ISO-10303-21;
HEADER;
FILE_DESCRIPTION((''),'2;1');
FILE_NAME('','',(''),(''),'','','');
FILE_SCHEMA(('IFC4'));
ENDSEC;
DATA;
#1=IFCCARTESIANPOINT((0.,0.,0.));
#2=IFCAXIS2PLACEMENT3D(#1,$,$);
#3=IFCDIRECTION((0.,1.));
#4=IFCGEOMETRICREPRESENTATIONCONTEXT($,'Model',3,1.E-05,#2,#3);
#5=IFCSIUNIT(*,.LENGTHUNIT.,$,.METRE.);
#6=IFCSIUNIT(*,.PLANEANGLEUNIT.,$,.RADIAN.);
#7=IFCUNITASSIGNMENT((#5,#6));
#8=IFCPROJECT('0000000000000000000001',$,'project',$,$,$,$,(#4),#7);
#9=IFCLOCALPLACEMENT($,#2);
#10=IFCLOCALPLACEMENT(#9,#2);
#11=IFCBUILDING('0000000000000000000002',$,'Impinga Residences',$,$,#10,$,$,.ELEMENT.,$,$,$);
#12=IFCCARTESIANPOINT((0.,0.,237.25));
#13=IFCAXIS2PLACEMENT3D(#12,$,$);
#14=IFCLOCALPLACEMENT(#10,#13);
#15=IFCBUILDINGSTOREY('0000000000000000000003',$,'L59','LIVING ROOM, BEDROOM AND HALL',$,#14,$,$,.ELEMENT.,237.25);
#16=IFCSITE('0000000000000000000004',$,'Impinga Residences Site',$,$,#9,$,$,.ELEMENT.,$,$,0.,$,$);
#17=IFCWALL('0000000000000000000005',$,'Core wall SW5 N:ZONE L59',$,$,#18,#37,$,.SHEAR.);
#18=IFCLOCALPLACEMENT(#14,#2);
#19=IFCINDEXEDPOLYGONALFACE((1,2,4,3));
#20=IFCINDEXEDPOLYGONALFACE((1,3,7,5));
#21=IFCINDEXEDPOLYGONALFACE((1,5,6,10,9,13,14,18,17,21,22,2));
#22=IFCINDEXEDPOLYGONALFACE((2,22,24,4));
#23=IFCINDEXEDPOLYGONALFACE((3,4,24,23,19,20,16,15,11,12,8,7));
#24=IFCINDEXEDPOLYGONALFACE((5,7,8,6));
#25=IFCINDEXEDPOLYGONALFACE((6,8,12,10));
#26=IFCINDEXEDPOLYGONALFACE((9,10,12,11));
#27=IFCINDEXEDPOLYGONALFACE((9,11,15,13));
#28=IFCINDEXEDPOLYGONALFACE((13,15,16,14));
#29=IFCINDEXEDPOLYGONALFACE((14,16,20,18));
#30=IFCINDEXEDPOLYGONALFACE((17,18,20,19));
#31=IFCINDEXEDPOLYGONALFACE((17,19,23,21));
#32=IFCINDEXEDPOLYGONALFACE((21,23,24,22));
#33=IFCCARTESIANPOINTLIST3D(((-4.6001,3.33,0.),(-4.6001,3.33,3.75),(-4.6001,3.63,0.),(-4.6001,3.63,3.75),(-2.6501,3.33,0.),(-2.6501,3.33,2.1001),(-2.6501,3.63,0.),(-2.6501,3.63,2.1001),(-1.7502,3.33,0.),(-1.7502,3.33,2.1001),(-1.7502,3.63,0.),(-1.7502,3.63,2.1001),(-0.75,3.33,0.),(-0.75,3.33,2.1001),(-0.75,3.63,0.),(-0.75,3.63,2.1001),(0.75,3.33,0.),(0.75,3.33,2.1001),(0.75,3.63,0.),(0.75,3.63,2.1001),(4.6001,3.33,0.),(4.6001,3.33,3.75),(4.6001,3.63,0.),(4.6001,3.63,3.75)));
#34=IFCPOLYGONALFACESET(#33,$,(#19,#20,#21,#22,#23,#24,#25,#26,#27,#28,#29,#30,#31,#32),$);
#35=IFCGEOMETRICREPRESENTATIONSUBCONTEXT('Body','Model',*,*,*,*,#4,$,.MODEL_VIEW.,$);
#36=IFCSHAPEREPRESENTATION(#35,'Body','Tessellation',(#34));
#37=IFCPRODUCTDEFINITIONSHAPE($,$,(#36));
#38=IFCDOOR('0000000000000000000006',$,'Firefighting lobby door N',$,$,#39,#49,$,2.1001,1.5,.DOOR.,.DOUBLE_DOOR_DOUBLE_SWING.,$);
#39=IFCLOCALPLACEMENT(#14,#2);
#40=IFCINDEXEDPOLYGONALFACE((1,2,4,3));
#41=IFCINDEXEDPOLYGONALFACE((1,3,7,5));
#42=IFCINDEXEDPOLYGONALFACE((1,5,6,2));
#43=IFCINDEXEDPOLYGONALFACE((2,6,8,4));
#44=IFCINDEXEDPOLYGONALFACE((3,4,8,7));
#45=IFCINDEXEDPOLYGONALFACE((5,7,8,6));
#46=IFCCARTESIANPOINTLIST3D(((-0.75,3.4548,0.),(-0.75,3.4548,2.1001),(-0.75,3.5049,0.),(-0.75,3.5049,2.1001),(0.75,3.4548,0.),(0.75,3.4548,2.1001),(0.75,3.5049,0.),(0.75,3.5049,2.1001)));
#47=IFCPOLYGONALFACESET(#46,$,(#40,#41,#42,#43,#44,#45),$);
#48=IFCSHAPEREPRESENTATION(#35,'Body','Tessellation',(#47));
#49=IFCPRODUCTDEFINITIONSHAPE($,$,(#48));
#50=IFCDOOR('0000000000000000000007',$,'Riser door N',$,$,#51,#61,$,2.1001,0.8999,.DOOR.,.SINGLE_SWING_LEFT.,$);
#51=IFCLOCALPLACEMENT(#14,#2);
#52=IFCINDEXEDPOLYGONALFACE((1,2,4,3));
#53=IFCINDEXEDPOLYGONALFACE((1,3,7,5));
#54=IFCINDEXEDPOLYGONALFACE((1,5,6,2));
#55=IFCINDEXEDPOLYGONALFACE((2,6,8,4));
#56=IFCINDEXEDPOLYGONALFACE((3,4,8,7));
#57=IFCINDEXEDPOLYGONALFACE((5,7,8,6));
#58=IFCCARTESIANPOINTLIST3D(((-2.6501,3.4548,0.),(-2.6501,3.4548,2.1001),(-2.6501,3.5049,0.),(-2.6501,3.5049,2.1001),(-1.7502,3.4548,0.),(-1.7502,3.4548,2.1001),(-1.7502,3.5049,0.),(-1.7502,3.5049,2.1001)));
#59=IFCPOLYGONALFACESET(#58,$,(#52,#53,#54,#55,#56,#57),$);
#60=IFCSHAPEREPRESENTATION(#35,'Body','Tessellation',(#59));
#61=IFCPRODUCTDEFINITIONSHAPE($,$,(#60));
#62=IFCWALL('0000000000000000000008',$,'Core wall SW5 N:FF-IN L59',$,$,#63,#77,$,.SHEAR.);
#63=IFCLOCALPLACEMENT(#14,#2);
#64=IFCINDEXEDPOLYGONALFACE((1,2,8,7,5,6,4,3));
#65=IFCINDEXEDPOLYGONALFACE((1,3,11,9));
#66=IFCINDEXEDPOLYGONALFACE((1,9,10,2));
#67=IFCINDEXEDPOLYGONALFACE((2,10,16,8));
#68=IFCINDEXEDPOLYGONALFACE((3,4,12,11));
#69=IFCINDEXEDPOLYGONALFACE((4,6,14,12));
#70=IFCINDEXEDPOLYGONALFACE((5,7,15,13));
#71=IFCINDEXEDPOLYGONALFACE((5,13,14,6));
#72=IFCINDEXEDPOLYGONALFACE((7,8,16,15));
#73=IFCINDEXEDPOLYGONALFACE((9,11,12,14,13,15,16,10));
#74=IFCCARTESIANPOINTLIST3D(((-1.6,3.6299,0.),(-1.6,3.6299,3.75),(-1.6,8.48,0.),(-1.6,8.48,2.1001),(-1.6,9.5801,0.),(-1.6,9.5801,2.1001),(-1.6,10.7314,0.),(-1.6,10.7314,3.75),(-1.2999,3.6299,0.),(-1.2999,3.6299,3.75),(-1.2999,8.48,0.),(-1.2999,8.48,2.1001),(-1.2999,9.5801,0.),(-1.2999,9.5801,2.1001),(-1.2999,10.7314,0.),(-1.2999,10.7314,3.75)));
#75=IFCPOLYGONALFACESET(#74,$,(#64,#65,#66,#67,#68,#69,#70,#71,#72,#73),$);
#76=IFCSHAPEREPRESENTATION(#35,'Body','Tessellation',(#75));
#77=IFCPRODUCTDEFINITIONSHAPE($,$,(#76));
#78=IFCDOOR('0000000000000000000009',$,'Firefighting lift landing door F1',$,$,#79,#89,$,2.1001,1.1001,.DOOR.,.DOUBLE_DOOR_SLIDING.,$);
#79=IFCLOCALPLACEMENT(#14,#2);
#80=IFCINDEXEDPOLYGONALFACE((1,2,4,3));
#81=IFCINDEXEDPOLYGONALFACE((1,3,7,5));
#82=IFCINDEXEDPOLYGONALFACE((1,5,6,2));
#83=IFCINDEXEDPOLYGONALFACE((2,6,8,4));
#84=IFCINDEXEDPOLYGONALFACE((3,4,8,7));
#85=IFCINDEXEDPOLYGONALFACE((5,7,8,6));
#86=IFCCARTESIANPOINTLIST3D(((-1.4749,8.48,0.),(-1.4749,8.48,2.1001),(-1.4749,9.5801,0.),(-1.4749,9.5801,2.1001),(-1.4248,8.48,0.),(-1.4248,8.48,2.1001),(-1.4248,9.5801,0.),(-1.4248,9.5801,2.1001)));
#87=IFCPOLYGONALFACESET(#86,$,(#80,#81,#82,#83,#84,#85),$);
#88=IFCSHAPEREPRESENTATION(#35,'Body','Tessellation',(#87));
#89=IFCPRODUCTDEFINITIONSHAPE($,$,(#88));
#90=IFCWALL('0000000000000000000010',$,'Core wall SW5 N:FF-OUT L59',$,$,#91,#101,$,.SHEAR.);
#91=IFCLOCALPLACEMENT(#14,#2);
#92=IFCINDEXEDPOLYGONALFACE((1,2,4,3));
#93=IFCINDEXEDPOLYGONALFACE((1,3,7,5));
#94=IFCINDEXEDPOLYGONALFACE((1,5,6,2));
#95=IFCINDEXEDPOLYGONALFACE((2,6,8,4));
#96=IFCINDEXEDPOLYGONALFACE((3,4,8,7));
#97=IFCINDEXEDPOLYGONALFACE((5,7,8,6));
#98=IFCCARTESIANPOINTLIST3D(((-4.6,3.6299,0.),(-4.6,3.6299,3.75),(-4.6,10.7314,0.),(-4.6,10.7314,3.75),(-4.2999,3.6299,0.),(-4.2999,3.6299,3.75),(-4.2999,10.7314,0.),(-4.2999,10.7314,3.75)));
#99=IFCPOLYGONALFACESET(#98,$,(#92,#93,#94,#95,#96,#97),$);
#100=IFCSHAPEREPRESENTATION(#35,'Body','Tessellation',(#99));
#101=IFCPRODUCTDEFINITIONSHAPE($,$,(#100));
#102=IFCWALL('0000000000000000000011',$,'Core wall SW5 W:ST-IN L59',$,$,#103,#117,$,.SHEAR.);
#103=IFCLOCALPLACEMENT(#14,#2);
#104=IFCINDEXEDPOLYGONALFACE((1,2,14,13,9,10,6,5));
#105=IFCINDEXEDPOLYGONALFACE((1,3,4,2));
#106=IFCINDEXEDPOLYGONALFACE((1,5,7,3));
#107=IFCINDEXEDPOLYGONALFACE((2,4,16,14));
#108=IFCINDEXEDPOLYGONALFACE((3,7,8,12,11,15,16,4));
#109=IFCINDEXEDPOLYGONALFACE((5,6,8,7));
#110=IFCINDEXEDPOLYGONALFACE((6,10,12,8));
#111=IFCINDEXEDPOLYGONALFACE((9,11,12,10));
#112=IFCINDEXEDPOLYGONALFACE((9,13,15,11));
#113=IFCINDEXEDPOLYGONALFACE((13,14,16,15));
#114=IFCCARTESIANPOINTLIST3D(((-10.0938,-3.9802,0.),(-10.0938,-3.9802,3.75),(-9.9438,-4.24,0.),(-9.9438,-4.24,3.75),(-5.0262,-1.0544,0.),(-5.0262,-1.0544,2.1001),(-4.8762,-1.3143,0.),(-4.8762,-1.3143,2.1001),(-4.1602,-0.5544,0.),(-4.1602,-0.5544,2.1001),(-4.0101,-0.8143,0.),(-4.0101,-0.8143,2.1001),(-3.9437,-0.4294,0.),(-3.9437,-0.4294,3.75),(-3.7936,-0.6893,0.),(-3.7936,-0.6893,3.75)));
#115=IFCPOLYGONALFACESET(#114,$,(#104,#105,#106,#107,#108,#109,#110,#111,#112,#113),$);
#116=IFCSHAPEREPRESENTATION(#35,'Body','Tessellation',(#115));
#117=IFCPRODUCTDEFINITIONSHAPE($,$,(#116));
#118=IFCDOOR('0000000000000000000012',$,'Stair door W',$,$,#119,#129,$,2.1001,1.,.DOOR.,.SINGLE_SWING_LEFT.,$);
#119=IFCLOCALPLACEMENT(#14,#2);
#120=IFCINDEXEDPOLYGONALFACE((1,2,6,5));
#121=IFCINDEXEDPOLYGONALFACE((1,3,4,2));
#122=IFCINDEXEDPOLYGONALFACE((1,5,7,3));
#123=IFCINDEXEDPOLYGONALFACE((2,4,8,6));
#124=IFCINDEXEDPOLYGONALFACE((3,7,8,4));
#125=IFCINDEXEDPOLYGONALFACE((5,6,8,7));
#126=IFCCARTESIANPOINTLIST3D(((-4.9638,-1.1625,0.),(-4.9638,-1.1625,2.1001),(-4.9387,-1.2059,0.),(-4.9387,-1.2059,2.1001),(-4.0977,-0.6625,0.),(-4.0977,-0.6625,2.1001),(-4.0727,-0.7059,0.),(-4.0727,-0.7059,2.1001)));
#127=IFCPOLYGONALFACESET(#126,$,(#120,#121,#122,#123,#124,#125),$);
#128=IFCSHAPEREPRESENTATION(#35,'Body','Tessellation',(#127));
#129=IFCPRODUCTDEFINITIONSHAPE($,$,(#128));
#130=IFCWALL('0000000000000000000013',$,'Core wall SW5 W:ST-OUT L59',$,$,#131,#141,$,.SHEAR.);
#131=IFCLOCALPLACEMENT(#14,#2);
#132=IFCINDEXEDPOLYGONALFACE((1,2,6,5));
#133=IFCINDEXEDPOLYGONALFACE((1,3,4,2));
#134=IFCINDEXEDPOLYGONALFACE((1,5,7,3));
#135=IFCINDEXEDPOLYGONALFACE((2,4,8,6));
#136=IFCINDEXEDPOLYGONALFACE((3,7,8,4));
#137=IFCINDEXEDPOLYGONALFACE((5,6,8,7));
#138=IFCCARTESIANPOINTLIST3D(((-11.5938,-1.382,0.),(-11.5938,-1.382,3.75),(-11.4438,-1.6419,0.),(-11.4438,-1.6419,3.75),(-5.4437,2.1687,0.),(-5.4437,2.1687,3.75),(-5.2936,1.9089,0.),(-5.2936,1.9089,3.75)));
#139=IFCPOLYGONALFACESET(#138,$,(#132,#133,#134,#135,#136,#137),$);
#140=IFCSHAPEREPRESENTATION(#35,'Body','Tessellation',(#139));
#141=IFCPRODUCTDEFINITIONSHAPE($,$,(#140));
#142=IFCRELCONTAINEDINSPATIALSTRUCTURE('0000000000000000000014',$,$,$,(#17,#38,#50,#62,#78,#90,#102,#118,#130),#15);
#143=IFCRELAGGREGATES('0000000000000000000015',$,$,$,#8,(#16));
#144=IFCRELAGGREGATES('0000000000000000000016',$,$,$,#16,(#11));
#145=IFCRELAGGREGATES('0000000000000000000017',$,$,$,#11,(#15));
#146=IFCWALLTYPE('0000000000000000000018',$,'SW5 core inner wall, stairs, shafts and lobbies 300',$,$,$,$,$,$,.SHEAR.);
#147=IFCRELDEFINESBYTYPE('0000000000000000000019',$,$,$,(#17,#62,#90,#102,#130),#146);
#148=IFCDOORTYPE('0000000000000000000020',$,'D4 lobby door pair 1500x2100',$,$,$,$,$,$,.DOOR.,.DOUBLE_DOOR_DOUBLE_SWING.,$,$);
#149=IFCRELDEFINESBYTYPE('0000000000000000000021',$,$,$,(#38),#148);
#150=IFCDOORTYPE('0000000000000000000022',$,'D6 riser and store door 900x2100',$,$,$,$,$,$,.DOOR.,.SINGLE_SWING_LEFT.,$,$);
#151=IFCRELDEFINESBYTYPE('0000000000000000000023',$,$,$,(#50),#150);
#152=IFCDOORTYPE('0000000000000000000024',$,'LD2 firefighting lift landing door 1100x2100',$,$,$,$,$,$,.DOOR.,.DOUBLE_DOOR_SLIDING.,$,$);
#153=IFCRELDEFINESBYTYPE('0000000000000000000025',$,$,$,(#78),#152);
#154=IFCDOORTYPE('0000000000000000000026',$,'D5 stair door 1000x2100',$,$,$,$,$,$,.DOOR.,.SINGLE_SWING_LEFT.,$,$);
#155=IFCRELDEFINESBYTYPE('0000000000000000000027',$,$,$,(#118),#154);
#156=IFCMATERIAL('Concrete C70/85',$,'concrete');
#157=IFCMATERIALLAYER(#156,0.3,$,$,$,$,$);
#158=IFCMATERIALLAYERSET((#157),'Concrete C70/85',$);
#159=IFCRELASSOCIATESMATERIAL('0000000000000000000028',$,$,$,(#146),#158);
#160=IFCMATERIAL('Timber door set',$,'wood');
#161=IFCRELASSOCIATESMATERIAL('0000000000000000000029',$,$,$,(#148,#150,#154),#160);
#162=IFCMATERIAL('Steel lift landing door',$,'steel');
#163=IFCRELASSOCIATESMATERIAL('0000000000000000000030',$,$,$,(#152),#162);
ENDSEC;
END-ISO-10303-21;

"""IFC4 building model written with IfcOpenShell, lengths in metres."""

from ifc_helpers import new_model, si_unit, direction, frame, frame_2d, origin, place, context, subcontext, project, spatial, rectangle, extrude, material, layer, layer_set, type_object, element, fill, save


model = new_model("IFC4")

# Units and contexts
model_context = context("Model", 3, precision=1e-05, world=origin(), true_north=direction((0.0, 1.0)))
body_context = subcontext(model_context, "Body", "Model", "MODEL_VIEW")
ifc_project = project(units=[si_unit("LENGTHUNIT", "METRE"), si_unit("PLANEANGLEUNIT", "RADIAN")], contexts=[model_context])

# Site, building, storey
site_placement = place(None, origin())
site = spatial("IfcSite", under=ifc_project, at=site_placement, Name="Impinga Residences Site", CompositionType="ELEMENT", RefElevation=0.0)
building_placement = place(site_placement, origin())
building = spatial("IfcBuilding", under=site, at=building_placement, Name="Impinga Residences", CompositionType="ELEMENT")
storey_placement = place(building_placement, frame((0.0, 0.0, 237.25)))
storey = spatial("IfcBuildingStorey", under=building, at=storey_placement, Name="L59", Description="LIVING ROOM, BEDROOM AND HALL", CompositionType="ELEMENT", Elevation=237.25)

# Shared definitions
ifc_material_1 = material(Name="Timber door set", Category="wood")

# Wall, openings, doors
ifc_material_2 = material(Name="Concrete C70/85", Category="concrete")
ifc_layer_1 = layer(ifc_material_2, 0.3)
ifc_layer_set_1 = layer_set([ifc_layer_1], Name="Concrete C70/85")
wall_type_1 = type_object("IfcWallType", Name="SW5 core inner wall, stairs, shafts and lobbies 300", PredefinedType="SHEAR", material=ifc_layer_set_1)
wall_1_placement = place(storey_placement, frame((-4.6001, 3.48, 0.0), z_axis=(0.0, 0.0, 1.0), x_axis=(1.0, 0.0, 0.0)))
wall_1 = element("IfcWall", 1, at=wall_1_placement, inside=storey, type_object=wall_type_1, Name="Core wall SW5 N:ZONE L59", PredefinedType="SHEAR", context=body_context, shape_type="SweptSolid", body=[
    extrude(rectangle(XDim=9.2002, YDim=0.3, at=frame_2d((4.6001, 0.0))), origin(), (0.0, 0.0, 1.0), 3.75),
])
opening_1_placement = place(wall_1_placement, frame((3.8501, 0.0, 0.0)))
opening_1 = element("IfcOpeningElement", 2, at=opening_1_placement, cuts=wall_1, PredefinedType="OPENING", context=body_context, shape_type="SweptSolid", body=[
    extrude(rectangle(XDim=1.5, YDim=2.1001, at=frame_2d((0.75, 1.05))), frame((0.0, 0.1599, 0.0), z_axis=(0.0, -1.0, 0.0), x_axis=(1.0, 0.0, 0.0)), (0.0, 0.0, 1.0), 0.3201),
])
opening_2_placement = place(wall_1_placement, frame((1.95, 0.0, 0.0)))
opening_2 = element("IfcOpeningElement", 3, at=opening_2_placement, cuts=wall_1, PredefinedType="OPENING", context=body_context, shape_type="SweptSolid", body=[
    extrude(rectangle(XDim=0.8999, YDim=2.1001, at=frame_2d((0.45, 1.05))), frame((0.0, 0.1599, 0.0), z_axis=(0.0, -1.0, 0.0), x_axis=(1.0, 0.0, 0.0)), (0.0, 0.0, 1.0), 0.3201),
])
door_type_1 = type_object("IfcDoorType", Name="D4 lobby door pair 1500x2100", OperationType="DOUBLE_DOOR_DOUBLE_SWING", PredefinedType="DOOR", material=ifc_material_1)
door_1_placement = place(opening_1_placement, origin())
door_1 = element("IfcDoor", 4, at=door_1_placement, inside=storey, type_object=door_type_1, Name="Firefighting lobby door N", OperationType="DOUBLE_DOOR_DOUBLE_SWING", OverallHeight=2.1001, OverallWidth=1.5, PredefinedType="DOOR", context=body_context, shape_type="SweptSolid", body=[
    extrude(rectangle(XDim=1.5, YDim=2.1001, at=frame_2d((0.75, 1.05))), frame((0.0, 0.0249, 0.0), z_axis=(0.0, -1.0, 0.0), x_axis=(1.0, 0.0, 0.0)), (0.0, 0.0, 1.0), 0.05),
])
fill(opening_1, door_1)
door_type_2 = type_object("IfcDoorType", Name="D6 riser and store door 900x2100", OperationType="SINGLE_SWING_LEFT", PredefinedType="DOOR", material=ifc_material_1)
door_2_placement = place(opening_2_placement, origin())
door_2 = element("IfcDoor", 5, at=door_2_placement, inside=storey, type_object=door_type_2, Name="Riser door N", OperationType="SINGLE_SWING_LEFT", OverallHeight=2.1001, OverallWidth=0.8999, PredefinedType="DOOR", context=body_context, shape_type="SweptSolid", body=[
    extrude(rectangle(XDim=0.8999, YDim=2.1001, at=frame_2d((0.45, 1.05))), frame((0.0, 0.0249, 0.0), z_axis=(0.0, -1.0, 0.0), x_axis=(1.0, 0.0, 0.0)), (0.0, 0.0, 1.0), 0.05),
])
fill(opening_2, door_2)

# Wall, opening, door
wall_2_placement = place(storey_placement, frame((-1.45, 3.6299, 0.0), z_axis=(0.0, 0.0, 1.0), x_axis=(0.0, 1.0, 0.0)))
wall_2 = element("IfcWall", 6, at=wall_2_placement, inside=storey, type_object=wall_type_1, Name="Core wall SW5 N:FF-IN L59", PredefinedType="SHEAR", context=body_context, shape_type="SweptSolid", body=[
    extrude(rectangle(XDim=7.1016, YDim=0.3, at=frame_2d((3.5508, 0.0))), origin(), (0.0, 0.0, 1.0), 3.75),
])
opening_3_placement = place(wall_2_placement, frame((4.8501, 0.0, 0.0)))
opening_3 = element("IfcOpeningElement", 7, at=opening_3_placement, cuts=wall_2, PredefinedType="OPENING", context=body_context, shape_type="SweptSolid", body=[
    extrude(rectangle(XDim=1.1001, YDim=2.1001, at=frame_2d((0.55, 1.05))), frame((0.0, 0.1599, 0.0), z_axis=(0.0, -1.0, 0.0), x_axis=(1.0, 0.0, 0.0)), (0.0, 0.0, 1.0), 0.3201),
])
ifc_material_3 = material(Name="Steel lift landing door", Category="steel")
door_type_3 = type_object("IfcDoorType", Name="LD2 firefighting lift landing door 1100x2100", OperationType="DOUBLE_DOOR_SLIDING", PredefinedType="DOOR", material=ifc_material_3)
door_3_placement = place(opening_3_placement, origin())
door_3 = element("IfcDoor", 8, at=door_3_placement, inside=storey, type_object=door_type_3, Name="Firefighting lift landing door F1", OperationType="DOUBLE_DOOR_SLIDING", OverallHeight=2.1001, OverallWidth=1.1001, PredefinedType="DOOR", context=body_context, shape_type="SweptSolid", body=[
    extrude(rectangle(XDim=1.1001, YDim=2.1001, at=frame_2d((0.55, 1.05))), frame((0.0, 0.0249, 0.0), z_axis=(0.0, -1.0, 0.0), x_axis=(1.0, 0.0, 0.0)), (0.0, 0.0, 1.0), 0.05),
])
fill(opening_3, door_3)

# Wall
wall_3_placement = place(storey_placement, frame((-4.45, 3.6299, 0.0), z_axis=(0.0, 0.0, 1.0), x_axis=(0.0, 1.0, 0.0)))
element("IfcWall", 9, at=wall_3_placement, inside=storey, type_object=wall_type_1, Name="Core wall SW5 N:FF-OUT L59", PredefinedType="SHEAR", context=body_context, shape_type="SweptSolid", body=[
    extrude(rectangle(XDim=7.1016, YDim=0.3, at=frame_2d((3.5508, 0.0))), origin(), (0.0, 0.0, 1.0), 3.75),
])

# Wall, opening, door
wall_4_placement = place(storey_placement, frame((-3.8687, -0.5593, 0.0), z_axis=(0.0, 0.0, 1.0), x_axis=(-0.866026, -0.499999, 0.0)))
wall_4 = element("IfcWall", 10, at=wall_4_placement, inside=storey, type_object=wall_type_1, Name="Core wall SW5 W:ST-IN L59", PredefinedType="SHEAR", context=body_context, shape_type="SweptSolid", body=[
    extrude(rectangle(XDim=7.1016, YDim=0.3, at=frame_2d((3.5508, 0.0))), origin(), (0.0, 0.0, 1.0), 3.75),
])
opening_4_placement = place(wall_4_placement, frame((0.25, 0.0, 0.0)))
opening_4 = element("IfcOpeningElement", 11, at=opening_4_placement, cuts=wall_4, PredefinedType="OPENING", context=body_context, shape_type="SweptSolid", body=[
    extrude(rectangle(XDim=1.0, YDim=2.1001, at=frame_2d((0.5, 1.05))), frame((0.0, 0.1599, 0.0), z_axis=(0.0, -1.0, 0.0), x_axis=(1.0, 0.0, 0.0)), (0.0, 0.0, 1.0), 0.3201),
])
door_type_4 = type_object("IfcDoorType", Name="D5 stair door 1000x2100", OperationType="SINGLE_SWING_LEFT", PredefinedType="DOOR", material=ifc_material_1)
door_4_placement = place(opening_4_placement, origin())
door_4 = element("IfcDoor", 12, at=door_4_placement, inside=storey, type_object=door_type_4, Name="Stair door W", OperationType="SINGLE_SWING_LEFT", OverallHeight=2.1001, OverallWidth=1.0, PredefinedType="DOOR", context=body_context, shape_type="SweptSolid", body=[
    extrude(rectangle(XDim=1.0, YDim=2.1001, at=frame_2d((0.5, 1.05))), frame((0.0, 0.0249, 0.0), z_axis=(0.0, -1.0, 0.0), x_axis=(1.0, 0.0, 0.0)), (0.0, 0.0, 1.0), 0.05),
])
fill(opening_4, door_4)

# Wall
wall_5_placement = place(storey_placement, frame((-5.3687, 2.0388, 0.0), z_axis=(0.0, 0.0, 1.0), x_axis=(-0.866026, -0.499999, 0.0)))
element("IfcWall", 13, at=wall_5_placement, inside=storey, type_object=wall_type_1, Name="Core wall SW5 W:ST-OUT L59", PredefinedType="SHEAR", context=body_context, shape_type="SweptSolid", body=[
    extrude(rectangle(XDim=7.1016, YDim=0.3, at=frame_2d((3.5508, 0.0))), origin(), (0.0, 0.0, 1.0), 3.75),
])

save(model, "model.ifc")
